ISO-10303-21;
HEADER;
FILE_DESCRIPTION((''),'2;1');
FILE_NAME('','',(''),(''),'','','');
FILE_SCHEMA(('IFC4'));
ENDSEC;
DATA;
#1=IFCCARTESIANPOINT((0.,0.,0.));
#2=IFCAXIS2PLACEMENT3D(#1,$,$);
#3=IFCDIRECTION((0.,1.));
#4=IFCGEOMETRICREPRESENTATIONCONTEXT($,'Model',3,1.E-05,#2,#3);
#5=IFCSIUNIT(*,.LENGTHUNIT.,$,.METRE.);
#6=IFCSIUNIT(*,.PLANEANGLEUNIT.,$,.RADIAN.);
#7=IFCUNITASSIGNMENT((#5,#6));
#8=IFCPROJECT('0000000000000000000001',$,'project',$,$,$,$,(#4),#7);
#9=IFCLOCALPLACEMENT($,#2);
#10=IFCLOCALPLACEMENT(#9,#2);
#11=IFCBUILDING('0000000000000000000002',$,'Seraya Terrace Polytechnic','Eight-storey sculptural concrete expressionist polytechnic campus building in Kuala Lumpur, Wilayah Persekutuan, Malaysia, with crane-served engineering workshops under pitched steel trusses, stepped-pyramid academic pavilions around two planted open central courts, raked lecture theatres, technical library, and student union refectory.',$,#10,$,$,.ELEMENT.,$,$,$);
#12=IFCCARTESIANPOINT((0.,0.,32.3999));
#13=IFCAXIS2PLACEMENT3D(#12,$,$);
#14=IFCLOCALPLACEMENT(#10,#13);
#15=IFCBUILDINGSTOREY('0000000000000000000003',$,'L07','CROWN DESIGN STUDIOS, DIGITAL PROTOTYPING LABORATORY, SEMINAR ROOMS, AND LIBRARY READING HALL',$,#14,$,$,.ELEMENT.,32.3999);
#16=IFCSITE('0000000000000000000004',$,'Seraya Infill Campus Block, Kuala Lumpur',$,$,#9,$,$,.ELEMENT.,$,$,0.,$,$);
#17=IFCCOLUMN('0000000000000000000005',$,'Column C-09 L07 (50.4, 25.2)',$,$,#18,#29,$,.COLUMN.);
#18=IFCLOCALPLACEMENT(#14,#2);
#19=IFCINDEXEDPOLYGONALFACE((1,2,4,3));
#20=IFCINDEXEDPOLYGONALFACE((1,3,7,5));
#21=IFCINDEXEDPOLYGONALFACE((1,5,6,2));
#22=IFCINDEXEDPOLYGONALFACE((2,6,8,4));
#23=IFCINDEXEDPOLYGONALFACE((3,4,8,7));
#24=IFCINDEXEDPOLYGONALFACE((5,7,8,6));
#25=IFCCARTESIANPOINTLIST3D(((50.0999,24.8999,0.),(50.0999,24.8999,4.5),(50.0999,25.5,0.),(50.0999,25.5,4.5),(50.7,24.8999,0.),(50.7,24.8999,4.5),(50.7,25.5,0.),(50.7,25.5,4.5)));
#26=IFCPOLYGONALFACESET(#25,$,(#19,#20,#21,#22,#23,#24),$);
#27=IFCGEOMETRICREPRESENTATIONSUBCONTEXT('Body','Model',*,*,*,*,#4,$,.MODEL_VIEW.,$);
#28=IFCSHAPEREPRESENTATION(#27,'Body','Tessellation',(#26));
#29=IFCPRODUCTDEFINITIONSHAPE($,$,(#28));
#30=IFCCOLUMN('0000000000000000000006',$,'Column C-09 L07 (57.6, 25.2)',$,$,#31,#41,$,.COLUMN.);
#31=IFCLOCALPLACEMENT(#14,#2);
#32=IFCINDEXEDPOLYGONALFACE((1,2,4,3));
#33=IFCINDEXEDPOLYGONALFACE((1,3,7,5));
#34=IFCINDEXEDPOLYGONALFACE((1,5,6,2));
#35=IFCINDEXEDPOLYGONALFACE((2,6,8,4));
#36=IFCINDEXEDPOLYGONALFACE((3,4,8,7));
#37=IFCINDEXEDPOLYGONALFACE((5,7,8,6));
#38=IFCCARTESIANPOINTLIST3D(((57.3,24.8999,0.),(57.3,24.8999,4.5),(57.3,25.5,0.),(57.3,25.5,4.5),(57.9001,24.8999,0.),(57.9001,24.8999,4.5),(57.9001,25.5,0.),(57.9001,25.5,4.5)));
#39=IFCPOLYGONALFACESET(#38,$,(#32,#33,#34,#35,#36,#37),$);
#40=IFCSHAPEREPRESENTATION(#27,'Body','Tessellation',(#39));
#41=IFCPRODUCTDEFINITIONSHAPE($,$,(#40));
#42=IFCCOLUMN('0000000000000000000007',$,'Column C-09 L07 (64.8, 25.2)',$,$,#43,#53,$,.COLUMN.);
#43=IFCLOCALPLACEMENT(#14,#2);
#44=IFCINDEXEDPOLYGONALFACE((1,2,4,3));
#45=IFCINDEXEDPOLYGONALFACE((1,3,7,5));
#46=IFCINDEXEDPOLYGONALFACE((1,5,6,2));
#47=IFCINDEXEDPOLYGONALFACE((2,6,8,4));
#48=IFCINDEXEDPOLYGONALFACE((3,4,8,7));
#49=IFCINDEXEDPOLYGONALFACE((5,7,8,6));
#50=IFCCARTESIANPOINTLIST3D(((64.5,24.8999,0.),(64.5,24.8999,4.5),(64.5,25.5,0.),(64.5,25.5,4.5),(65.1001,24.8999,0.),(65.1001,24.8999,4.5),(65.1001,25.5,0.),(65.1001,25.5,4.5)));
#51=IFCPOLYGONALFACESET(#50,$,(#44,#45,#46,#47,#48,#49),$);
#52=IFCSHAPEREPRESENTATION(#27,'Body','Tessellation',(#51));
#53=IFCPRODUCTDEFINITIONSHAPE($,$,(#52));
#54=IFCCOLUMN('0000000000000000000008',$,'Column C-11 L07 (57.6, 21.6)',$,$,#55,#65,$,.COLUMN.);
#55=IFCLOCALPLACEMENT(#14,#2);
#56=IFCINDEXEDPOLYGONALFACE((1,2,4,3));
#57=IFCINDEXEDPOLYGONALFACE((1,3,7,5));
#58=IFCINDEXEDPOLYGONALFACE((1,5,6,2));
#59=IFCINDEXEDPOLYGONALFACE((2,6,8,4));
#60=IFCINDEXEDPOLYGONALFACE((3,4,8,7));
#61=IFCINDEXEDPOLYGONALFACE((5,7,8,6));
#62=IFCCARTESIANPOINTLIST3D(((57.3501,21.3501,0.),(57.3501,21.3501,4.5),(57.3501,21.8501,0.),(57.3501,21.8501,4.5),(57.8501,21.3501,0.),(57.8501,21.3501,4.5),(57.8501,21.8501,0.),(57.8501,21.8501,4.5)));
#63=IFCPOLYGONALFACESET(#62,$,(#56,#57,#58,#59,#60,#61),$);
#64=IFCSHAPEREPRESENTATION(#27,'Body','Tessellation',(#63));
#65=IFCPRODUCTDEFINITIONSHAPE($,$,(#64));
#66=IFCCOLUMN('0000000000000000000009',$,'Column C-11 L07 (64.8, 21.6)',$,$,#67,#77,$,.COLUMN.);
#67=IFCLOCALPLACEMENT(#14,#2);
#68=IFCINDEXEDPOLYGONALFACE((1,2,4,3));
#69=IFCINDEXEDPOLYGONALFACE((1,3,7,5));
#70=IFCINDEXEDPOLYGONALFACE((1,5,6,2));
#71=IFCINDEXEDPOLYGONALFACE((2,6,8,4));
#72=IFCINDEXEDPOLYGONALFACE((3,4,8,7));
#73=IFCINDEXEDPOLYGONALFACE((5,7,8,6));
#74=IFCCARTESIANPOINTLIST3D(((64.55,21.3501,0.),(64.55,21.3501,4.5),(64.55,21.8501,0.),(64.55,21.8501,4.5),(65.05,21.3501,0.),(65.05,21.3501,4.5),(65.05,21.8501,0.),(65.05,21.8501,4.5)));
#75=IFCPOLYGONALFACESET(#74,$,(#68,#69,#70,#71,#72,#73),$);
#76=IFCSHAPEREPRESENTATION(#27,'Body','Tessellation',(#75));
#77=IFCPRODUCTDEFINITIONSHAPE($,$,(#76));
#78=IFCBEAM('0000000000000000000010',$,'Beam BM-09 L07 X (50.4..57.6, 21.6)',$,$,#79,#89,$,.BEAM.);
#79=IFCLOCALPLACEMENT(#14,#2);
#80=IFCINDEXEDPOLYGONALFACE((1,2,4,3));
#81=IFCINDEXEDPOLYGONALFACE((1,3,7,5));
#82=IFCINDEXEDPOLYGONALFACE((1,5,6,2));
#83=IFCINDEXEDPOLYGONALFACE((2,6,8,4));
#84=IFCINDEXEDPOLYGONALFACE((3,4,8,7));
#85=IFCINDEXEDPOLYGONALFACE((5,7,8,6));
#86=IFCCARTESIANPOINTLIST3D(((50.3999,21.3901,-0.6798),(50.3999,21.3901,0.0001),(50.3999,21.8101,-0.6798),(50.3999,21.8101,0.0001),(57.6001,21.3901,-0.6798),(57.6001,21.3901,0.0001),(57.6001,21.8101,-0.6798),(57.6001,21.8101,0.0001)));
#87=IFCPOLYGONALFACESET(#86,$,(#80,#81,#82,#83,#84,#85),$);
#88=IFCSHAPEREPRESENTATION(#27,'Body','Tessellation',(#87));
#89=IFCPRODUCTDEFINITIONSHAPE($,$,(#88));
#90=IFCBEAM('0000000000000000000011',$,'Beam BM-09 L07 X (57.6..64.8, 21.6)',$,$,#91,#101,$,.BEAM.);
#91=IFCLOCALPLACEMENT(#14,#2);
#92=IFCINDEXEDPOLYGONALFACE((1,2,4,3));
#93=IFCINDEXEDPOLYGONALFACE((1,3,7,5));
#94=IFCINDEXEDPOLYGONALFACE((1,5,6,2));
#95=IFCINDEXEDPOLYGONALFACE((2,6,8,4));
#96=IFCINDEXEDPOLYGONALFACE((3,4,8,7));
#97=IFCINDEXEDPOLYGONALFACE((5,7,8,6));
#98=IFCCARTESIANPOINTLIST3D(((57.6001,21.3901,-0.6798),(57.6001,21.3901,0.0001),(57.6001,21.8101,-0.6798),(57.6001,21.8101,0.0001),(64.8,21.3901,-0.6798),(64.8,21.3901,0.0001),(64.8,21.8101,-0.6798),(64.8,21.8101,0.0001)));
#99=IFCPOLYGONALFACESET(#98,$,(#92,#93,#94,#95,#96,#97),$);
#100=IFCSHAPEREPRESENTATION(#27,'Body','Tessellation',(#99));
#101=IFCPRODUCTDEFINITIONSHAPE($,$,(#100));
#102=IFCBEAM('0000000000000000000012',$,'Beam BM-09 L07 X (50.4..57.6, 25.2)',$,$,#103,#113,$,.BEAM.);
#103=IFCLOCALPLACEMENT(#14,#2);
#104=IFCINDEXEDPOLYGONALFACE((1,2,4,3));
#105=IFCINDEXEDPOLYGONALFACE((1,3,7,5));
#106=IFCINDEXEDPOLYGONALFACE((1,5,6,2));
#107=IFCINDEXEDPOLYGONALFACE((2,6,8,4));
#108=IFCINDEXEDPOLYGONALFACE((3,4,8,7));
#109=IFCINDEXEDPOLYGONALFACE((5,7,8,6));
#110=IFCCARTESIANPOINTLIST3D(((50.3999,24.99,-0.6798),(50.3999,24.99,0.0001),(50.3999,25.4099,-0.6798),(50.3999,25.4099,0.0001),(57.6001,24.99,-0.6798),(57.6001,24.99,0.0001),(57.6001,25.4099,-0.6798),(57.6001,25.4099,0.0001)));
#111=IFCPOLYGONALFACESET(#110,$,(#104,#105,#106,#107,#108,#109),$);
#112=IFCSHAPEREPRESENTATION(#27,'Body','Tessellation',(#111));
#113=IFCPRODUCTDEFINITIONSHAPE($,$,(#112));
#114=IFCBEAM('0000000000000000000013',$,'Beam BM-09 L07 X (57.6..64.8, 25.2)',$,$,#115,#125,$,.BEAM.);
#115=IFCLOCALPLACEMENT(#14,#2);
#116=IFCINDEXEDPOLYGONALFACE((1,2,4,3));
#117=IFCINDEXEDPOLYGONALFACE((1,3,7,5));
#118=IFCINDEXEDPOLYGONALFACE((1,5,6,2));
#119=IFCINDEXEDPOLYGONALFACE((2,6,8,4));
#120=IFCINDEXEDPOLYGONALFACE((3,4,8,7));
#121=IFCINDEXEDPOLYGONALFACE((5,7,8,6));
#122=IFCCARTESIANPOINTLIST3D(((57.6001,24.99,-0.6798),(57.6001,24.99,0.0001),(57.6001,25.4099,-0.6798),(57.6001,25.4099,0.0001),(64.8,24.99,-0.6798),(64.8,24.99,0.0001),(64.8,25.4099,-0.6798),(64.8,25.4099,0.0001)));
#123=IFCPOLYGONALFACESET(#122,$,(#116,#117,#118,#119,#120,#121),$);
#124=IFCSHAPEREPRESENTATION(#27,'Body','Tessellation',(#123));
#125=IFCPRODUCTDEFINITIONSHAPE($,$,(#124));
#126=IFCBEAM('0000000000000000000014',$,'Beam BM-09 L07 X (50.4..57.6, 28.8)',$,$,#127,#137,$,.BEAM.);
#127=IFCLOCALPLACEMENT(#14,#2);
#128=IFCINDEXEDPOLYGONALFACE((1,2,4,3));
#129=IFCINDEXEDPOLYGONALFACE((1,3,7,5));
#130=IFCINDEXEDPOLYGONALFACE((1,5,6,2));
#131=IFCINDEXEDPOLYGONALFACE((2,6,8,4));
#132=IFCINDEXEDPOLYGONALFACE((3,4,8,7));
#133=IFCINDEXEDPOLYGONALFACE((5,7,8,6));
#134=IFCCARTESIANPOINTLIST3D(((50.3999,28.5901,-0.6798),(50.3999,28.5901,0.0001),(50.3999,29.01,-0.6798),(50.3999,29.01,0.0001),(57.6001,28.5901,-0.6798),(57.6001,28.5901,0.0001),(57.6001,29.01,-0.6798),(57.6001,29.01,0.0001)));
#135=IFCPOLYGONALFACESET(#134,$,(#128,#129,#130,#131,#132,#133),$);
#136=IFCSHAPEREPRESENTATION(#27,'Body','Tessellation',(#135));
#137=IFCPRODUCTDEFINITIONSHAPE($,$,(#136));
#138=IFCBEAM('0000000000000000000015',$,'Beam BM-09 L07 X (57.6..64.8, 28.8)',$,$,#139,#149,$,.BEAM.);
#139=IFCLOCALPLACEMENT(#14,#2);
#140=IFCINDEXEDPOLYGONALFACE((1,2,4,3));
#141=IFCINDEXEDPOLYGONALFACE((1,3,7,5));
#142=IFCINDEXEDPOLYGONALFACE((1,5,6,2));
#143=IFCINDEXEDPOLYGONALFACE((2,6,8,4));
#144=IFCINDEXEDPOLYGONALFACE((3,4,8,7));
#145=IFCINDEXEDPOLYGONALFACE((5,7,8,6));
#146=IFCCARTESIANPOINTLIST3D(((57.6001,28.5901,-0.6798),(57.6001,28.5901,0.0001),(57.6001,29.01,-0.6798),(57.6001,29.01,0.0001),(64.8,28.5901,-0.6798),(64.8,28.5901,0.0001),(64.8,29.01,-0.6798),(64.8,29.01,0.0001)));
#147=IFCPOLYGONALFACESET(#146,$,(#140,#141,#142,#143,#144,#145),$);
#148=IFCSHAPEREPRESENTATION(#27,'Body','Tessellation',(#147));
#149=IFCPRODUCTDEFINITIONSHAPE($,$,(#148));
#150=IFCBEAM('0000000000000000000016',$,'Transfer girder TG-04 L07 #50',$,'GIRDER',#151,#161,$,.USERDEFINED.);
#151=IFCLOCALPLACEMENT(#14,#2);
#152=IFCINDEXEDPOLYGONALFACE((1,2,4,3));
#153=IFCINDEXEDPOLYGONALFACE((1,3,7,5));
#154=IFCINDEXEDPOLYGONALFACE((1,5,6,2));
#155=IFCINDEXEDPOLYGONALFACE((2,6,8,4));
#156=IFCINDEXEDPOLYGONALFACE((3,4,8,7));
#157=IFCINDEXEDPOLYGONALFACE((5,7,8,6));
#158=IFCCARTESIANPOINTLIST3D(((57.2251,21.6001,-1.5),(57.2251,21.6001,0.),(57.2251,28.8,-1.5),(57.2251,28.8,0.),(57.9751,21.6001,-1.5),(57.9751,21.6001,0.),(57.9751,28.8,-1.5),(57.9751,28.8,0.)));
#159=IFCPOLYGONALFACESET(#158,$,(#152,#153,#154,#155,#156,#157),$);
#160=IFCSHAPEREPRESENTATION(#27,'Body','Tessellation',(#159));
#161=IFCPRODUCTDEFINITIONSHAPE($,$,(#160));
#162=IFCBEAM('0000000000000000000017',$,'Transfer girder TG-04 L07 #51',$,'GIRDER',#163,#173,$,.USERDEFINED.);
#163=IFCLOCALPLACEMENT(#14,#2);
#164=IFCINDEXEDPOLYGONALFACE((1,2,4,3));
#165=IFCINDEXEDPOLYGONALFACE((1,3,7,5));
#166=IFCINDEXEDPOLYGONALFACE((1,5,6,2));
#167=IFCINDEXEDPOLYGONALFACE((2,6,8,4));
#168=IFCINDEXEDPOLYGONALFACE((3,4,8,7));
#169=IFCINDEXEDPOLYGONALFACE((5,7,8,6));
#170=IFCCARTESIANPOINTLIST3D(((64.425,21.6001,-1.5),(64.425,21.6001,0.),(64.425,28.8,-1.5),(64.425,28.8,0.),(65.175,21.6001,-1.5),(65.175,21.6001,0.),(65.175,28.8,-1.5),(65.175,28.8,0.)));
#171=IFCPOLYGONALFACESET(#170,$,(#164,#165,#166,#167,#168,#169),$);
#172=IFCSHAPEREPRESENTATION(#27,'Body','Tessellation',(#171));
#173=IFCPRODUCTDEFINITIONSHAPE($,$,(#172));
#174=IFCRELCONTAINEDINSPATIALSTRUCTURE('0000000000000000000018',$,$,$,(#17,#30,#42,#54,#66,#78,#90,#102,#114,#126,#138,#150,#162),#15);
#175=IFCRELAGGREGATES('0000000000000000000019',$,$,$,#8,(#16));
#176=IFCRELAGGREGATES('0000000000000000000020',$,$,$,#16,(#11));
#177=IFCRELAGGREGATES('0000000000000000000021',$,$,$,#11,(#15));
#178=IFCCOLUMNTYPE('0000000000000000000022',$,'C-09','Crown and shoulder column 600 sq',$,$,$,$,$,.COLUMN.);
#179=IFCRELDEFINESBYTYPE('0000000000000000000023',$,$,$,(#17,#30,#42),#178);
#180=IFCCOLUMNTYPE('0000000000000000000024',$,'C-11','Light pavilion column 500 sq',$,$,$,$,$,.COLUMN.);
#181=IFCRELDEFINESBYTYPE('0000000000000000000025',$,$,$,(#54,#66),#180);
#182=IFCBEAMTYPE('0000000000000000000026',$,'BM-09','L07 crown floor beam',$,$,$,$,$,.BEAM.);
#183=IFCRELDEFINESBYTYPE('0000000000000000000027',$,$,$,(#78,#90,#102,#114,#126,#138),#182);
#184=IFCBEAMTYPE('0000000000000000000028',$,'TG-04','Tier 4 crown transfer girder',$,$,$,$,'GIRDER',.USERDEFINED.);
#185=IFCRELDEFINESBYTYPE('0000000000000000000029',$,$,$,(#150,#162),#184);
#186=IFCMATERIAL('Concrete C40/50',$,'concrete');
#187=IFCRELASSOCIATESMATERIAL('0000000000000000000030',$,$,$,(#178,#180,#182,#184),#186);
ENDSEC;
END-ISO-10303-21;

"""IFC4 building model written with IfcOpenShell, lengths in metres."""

from ifc_helpers import new_model, si_unit, direction, frame, origin, origin_2d, place, context, subcontext, project, spatial, rectangle, extrude, material, material_profile, profile_set, type_object, element, save


model = new_model("IFC4")

# Units and contexts
model_context = context("Model", 3, precision=1e-05, world=origin(), true_north=direction((0.0, 1.0)))
body_context = subcontext(model_context, "Body", "Model", "MODEL_VIEW")
ifc_project = project(units=[si_unit("LENGTHUNIT", "METRE"), si_unit("PLANEANGLEUNIT", "RADIAN")], contexts=[model_context])

# Site, building, storey
site_placement = place(None, origin())
site = spatial("IfcSite", under=ifc_project, at=site_placement, Name="Seraya Infill Campus Block, Kuala Lumpur", CompositionType="ELEMENT", RefElevation=0.0)
building_placement = place(site_placement, origin())
building = spatial("IfcBuilding", under=site, at=building_placement, Name="Seraya Terrace Polytechnic", Description="Eight-storey sculptural concrete expressionist polytechnic campus building in Kuala Lumpur, Wilayah Persekutuan, Malaysia, with crane-served engineering workshops under pitched steel trusses, stepped-pyramid academic pavilions around two planted open central courts, raked lecture theatres, technical library, and student union refectory.", CompositionType="ELEMENT")
storey_placement = place(building_placement, frame((0.0, 0.0, 32.3999)))
storey = spatial("IfcBuildingStorey", under=building, at=storey_placement, Name="L07", Description="CROWN DESIGN STUDIOS, DIGITAL PROTOTYPING LABORATORY, SEMINAR ROOMS, AND LIBRARY READING HALL", CompositionType="ELEMENT", Elevation=32.3999)

# Columns
ifc_material_1 = material(Name="Concrete C40/50", Category="concrete")
ifc_material_profile_1 = material_profile(ifc_material_1, rectangle(XDim=0.6001, YDim=0.6001, at=origin_2d()), Name="RC 600x600")
ifc_profile_set_1 = profile_set([ifc_material_profile_1], Name="Concrete C40/50")
column_type_1 = type_object("IfcColumnType", Name="C-09", Description="Crown and shoulder column 600 sq", PredefinedType="COLUMN", material=ifc_profile_set_1)
for number, where, z_axis, x_axis, name in (
    (1, (50.3999, 25.2, 0.0), (0.0, 0.0, 1.0), (1.0, 0.0, 0.0), "Column C-09 L07 (50.4, 25.2)"),
    (2, (57.6001, 25.2, 0.0), (0.0, 0.0, 1.0), (1.0, 0.0, 0.0), "Column C-09 L07 (57.6, 25.2)"),
    (3, (64.8, 25.2, 0.0), (0.0, 0.0, 1.0), (1.0, 0.0, 0.0), "Column C-09 L07 (64.8, 25.2)"),
):
    element("IfcColumn", number, at=place(storey_placement, frame(where, z_axis=z_axis, x_axis=x_axis)), inside=storey, type_object=column_type_1, Name=name, PredefinedType="COLUMN", context=body_context, shape_type="SweptSolid", body=[
        extrude(rectangle(XDim=0.6001, YDim=0.6001, at=origin_2d()), origin(), (0.0, 0.0, 1.0), 4.5),
    ])
ifc_material_profile_2 = material_profile(ifc_material_1, rectangle(XDim=0.5, YDim=0.5, at=origin_2d()), Name="RC 500x500")
ifc_profile_set_2 = profile_set([ifc_material_profile_2], Name="Concrete C40/50")
column_type_2 = type_object("IfcColumnType", Name="C-11", Description="Light pavilion column 500 sq", PredefinedType="COLUMN", material=ifc_profile_set_2)
for number, where, z_axis, x_axis, name in (
    (4, (57.6001, 21.6001, 0.0), (0.0, 0.0, 1.0), (1.0, 0.0, 0.0), "Column C-11 L07 (57.6, 21.6)"),
    (5, (64.8, 21.6001, 0.0), (0.0, 0.0, 1.0), (1.0, 0.0, 0.0), "Column C-11 L07 (64.8, 21.6)"),
):
    element("IfcColumn", number, at=place(storey_placement, frame(where, z_axis=z_axis, x_axis=x_axis)), inside=storey, type_object=column_type_2, Name=name, PredefinedType="COLUMN", context=body_context, shape_type="SweptSolid", body=[
        extrude(rectangle(XDim=0.5, YDim=0.5, at=origin_2d()), origin(), (0.0, 0.0, 1.0), 4.5),
    ])

# Beams
ifc_material_profile_3 = material_profile(ifc_material_1, rectangle(XDim=0.4199, YDim=0.6799, at=origin_2d()), Name="RC 420x680")
ifc_profile_set_3 = profile_set([ifc_material_profile_3], Name="Concrete C40/50")
beam_type_1 = type_object("IfcBeamType", Name="BM-09", Description="L07 crown floor beam", PredefinedType="BEAM", material=ifc_profile_set_3)
beam_1_placement = place(storey_placement, frame((50.3999, 21.6001, -0.3398), z_axis=(1.0, 0.0, 0.0), x_axis=(0.0, 1.0, 0.0)))
element("IfcBeam", 6, at=beam_1_placement, inside=storey, type_object=beam_type_1, Name="Beam BM-09 L07 X (50.4..57.6, 21.6)", PredefinedType="BEAM", context=body_context, shape_type="SweptSolid", body=[
    extrude(rectangle(XDim=0.4199, YDim=0.6799, at=origin_2d()), origin(), (0.0, 0.0, 1.0), 7.2002),
])
beam_2_placement = place(storey_placement, frame((57.6001, 21.6001, -0.3398), z_axis=(1.0, 0.0, 0.0), x_axis=(0.0, 1.0, 0.0)))
element("IfcBeam", 7, at=beam_2_placement, inside=storey, type_object=beam_type_1, Name="Beam BM-09 L07 X (57.6..64.8, 21.6)", PredefinedType="BEAM", context=body_context, shape_type="SweptSolid", body=[
    extrude(rectangle(XDim=0.4199, YDim=0.6799, at=origin_2d()), origin(), (0.0, 0.0, 1.0), 7.2),
])
beam_3_placement = place(storey_placement, frame((50.3999, 25.2, -0.3398), z_axis=(1.0, 0.0, 0.0), x_axis=(0.0, 1.0, 0.0)))
element("IfcBeam", 8, at=beam_3_placement, inside=storey, type_object=beam_type_1, Name="Beam BM-09 L07 X (50.4..57.6, 25.2)", PredefinedType="BEAM", context=body_context, shape_type="SweptSolid", body=[
    extrude(rectangle(XDim=0.4199, YDim=0.6799, at=origin_2d()), origin(), (0.0, 0.0, 1.0), 7.2002),
])
beam_4_placement = place(storey_placement, frame((57.6001, 25.2, -0.3398), z_axis=(1.0, 0.0, 0.0), x_axis=(0.0, 1.0, 0.0)))
element("IfcBeam", 9, at=beam_4_placement, inside=storey, type_object=beam_type_1, Name="Beam BM-09 L07 X (57.6..64.8, 25.2)", PredefinedType="BEAM", context=body_context, shape_type="SweptSolid", body=[
    extrude(rectangle(XDim=0.4199, YDim=0.6799, at=origin_2d()), origin(), (0.0, 0.0, 1.0), 7.2),
])
beam_5_placement = place(storey_placement, frame((50.3999, 28.8, -0.3398), z_axis=(1.0, 0.0, 0.0), x_axis=(0.0, 1.0, 0.0)))
element("IfcBeam", 10, at=beam_5_placement, inside=storey, type_object=beam_type_1, Name="Beam BM-09 L07 X (50.4..57.6, 28.8)", PredefinedType="BEAM", context=body_context, shape_type="SweptSolid", body=[
    extrude(rectangle(XDim=0.4199, YDim=0.6799, at=origin_2d()), origin(), (0.0, 0.0, 1.0), 7.2002),
])
beam_6_placement = place(storey_placement, frame((57.6001, 28.8, -0.3398), z_axis=(1.0, 0.0, 0.0), x_axis=(0.0, 1.0, 0.0)))
element("IfcBeam", 11, at=beam_6_placement, inside=storey, type_object=beam_type_1, Name="Beam BM-09 L07 X (57.6..64.8, 28.8)", PredefinedType="BEAM", context=body_context, shape_type="SweptSolid", body=[
    extrude(rectangle(XDim=0.4199, YDim=0.6799, at=origin_2d()), origin(), (0.0, 0.0, 1.0), 7.2),
])
ifc_material_profile_4 = material_profile(ifc_material_1, rectangle(XDim=0.75, YDim=1.5, at=origin_2d()), Name="RC 750x1500")
ifc_profile_set_4 = profile_set([ifc_material_profile_4], Name="Concrete C40/50")
beam_type_2 = type_object("IfcBeamType", Name="TG-04", Description="Tier 4 crown transfer girder", ElementType="GIRDER", PredefinedType="USERDEFINED", material=ifc_profile_set_4)
for number, where, z_axis, x_axis, name in (
    (12, (57.6001, 21.6001, -0.75), (0.0, 1.0, 0.0), (-1.0, 0.0, 0.0), "Transfer girder TG-04 L07 #50"),
    (13, (64.8, 21.6001, -0.75), (0.0, 1.0, 0.0), (-1.0, 0.0, 0.0), "Transfer girder TG-04 L07 #51"),
):
    element("IfcBeam", number, at=place(storey_placement, frame(where, z_axis=z_axis, x_axis=x_axis)), inside=storey, type_object=beam_type_2, Name=name, ObjectType="GIRDER", PredefinedType="USERDEFINED", context=body_context, shape_type="SweptSolid", body=[
        extrude(rectangle(XDim=0.75, YDim=1.5, at=origin_2d()), origin(), (0.0, 0.0, 1.0), 7.2),
    ])

save(model, "model.ifc")
